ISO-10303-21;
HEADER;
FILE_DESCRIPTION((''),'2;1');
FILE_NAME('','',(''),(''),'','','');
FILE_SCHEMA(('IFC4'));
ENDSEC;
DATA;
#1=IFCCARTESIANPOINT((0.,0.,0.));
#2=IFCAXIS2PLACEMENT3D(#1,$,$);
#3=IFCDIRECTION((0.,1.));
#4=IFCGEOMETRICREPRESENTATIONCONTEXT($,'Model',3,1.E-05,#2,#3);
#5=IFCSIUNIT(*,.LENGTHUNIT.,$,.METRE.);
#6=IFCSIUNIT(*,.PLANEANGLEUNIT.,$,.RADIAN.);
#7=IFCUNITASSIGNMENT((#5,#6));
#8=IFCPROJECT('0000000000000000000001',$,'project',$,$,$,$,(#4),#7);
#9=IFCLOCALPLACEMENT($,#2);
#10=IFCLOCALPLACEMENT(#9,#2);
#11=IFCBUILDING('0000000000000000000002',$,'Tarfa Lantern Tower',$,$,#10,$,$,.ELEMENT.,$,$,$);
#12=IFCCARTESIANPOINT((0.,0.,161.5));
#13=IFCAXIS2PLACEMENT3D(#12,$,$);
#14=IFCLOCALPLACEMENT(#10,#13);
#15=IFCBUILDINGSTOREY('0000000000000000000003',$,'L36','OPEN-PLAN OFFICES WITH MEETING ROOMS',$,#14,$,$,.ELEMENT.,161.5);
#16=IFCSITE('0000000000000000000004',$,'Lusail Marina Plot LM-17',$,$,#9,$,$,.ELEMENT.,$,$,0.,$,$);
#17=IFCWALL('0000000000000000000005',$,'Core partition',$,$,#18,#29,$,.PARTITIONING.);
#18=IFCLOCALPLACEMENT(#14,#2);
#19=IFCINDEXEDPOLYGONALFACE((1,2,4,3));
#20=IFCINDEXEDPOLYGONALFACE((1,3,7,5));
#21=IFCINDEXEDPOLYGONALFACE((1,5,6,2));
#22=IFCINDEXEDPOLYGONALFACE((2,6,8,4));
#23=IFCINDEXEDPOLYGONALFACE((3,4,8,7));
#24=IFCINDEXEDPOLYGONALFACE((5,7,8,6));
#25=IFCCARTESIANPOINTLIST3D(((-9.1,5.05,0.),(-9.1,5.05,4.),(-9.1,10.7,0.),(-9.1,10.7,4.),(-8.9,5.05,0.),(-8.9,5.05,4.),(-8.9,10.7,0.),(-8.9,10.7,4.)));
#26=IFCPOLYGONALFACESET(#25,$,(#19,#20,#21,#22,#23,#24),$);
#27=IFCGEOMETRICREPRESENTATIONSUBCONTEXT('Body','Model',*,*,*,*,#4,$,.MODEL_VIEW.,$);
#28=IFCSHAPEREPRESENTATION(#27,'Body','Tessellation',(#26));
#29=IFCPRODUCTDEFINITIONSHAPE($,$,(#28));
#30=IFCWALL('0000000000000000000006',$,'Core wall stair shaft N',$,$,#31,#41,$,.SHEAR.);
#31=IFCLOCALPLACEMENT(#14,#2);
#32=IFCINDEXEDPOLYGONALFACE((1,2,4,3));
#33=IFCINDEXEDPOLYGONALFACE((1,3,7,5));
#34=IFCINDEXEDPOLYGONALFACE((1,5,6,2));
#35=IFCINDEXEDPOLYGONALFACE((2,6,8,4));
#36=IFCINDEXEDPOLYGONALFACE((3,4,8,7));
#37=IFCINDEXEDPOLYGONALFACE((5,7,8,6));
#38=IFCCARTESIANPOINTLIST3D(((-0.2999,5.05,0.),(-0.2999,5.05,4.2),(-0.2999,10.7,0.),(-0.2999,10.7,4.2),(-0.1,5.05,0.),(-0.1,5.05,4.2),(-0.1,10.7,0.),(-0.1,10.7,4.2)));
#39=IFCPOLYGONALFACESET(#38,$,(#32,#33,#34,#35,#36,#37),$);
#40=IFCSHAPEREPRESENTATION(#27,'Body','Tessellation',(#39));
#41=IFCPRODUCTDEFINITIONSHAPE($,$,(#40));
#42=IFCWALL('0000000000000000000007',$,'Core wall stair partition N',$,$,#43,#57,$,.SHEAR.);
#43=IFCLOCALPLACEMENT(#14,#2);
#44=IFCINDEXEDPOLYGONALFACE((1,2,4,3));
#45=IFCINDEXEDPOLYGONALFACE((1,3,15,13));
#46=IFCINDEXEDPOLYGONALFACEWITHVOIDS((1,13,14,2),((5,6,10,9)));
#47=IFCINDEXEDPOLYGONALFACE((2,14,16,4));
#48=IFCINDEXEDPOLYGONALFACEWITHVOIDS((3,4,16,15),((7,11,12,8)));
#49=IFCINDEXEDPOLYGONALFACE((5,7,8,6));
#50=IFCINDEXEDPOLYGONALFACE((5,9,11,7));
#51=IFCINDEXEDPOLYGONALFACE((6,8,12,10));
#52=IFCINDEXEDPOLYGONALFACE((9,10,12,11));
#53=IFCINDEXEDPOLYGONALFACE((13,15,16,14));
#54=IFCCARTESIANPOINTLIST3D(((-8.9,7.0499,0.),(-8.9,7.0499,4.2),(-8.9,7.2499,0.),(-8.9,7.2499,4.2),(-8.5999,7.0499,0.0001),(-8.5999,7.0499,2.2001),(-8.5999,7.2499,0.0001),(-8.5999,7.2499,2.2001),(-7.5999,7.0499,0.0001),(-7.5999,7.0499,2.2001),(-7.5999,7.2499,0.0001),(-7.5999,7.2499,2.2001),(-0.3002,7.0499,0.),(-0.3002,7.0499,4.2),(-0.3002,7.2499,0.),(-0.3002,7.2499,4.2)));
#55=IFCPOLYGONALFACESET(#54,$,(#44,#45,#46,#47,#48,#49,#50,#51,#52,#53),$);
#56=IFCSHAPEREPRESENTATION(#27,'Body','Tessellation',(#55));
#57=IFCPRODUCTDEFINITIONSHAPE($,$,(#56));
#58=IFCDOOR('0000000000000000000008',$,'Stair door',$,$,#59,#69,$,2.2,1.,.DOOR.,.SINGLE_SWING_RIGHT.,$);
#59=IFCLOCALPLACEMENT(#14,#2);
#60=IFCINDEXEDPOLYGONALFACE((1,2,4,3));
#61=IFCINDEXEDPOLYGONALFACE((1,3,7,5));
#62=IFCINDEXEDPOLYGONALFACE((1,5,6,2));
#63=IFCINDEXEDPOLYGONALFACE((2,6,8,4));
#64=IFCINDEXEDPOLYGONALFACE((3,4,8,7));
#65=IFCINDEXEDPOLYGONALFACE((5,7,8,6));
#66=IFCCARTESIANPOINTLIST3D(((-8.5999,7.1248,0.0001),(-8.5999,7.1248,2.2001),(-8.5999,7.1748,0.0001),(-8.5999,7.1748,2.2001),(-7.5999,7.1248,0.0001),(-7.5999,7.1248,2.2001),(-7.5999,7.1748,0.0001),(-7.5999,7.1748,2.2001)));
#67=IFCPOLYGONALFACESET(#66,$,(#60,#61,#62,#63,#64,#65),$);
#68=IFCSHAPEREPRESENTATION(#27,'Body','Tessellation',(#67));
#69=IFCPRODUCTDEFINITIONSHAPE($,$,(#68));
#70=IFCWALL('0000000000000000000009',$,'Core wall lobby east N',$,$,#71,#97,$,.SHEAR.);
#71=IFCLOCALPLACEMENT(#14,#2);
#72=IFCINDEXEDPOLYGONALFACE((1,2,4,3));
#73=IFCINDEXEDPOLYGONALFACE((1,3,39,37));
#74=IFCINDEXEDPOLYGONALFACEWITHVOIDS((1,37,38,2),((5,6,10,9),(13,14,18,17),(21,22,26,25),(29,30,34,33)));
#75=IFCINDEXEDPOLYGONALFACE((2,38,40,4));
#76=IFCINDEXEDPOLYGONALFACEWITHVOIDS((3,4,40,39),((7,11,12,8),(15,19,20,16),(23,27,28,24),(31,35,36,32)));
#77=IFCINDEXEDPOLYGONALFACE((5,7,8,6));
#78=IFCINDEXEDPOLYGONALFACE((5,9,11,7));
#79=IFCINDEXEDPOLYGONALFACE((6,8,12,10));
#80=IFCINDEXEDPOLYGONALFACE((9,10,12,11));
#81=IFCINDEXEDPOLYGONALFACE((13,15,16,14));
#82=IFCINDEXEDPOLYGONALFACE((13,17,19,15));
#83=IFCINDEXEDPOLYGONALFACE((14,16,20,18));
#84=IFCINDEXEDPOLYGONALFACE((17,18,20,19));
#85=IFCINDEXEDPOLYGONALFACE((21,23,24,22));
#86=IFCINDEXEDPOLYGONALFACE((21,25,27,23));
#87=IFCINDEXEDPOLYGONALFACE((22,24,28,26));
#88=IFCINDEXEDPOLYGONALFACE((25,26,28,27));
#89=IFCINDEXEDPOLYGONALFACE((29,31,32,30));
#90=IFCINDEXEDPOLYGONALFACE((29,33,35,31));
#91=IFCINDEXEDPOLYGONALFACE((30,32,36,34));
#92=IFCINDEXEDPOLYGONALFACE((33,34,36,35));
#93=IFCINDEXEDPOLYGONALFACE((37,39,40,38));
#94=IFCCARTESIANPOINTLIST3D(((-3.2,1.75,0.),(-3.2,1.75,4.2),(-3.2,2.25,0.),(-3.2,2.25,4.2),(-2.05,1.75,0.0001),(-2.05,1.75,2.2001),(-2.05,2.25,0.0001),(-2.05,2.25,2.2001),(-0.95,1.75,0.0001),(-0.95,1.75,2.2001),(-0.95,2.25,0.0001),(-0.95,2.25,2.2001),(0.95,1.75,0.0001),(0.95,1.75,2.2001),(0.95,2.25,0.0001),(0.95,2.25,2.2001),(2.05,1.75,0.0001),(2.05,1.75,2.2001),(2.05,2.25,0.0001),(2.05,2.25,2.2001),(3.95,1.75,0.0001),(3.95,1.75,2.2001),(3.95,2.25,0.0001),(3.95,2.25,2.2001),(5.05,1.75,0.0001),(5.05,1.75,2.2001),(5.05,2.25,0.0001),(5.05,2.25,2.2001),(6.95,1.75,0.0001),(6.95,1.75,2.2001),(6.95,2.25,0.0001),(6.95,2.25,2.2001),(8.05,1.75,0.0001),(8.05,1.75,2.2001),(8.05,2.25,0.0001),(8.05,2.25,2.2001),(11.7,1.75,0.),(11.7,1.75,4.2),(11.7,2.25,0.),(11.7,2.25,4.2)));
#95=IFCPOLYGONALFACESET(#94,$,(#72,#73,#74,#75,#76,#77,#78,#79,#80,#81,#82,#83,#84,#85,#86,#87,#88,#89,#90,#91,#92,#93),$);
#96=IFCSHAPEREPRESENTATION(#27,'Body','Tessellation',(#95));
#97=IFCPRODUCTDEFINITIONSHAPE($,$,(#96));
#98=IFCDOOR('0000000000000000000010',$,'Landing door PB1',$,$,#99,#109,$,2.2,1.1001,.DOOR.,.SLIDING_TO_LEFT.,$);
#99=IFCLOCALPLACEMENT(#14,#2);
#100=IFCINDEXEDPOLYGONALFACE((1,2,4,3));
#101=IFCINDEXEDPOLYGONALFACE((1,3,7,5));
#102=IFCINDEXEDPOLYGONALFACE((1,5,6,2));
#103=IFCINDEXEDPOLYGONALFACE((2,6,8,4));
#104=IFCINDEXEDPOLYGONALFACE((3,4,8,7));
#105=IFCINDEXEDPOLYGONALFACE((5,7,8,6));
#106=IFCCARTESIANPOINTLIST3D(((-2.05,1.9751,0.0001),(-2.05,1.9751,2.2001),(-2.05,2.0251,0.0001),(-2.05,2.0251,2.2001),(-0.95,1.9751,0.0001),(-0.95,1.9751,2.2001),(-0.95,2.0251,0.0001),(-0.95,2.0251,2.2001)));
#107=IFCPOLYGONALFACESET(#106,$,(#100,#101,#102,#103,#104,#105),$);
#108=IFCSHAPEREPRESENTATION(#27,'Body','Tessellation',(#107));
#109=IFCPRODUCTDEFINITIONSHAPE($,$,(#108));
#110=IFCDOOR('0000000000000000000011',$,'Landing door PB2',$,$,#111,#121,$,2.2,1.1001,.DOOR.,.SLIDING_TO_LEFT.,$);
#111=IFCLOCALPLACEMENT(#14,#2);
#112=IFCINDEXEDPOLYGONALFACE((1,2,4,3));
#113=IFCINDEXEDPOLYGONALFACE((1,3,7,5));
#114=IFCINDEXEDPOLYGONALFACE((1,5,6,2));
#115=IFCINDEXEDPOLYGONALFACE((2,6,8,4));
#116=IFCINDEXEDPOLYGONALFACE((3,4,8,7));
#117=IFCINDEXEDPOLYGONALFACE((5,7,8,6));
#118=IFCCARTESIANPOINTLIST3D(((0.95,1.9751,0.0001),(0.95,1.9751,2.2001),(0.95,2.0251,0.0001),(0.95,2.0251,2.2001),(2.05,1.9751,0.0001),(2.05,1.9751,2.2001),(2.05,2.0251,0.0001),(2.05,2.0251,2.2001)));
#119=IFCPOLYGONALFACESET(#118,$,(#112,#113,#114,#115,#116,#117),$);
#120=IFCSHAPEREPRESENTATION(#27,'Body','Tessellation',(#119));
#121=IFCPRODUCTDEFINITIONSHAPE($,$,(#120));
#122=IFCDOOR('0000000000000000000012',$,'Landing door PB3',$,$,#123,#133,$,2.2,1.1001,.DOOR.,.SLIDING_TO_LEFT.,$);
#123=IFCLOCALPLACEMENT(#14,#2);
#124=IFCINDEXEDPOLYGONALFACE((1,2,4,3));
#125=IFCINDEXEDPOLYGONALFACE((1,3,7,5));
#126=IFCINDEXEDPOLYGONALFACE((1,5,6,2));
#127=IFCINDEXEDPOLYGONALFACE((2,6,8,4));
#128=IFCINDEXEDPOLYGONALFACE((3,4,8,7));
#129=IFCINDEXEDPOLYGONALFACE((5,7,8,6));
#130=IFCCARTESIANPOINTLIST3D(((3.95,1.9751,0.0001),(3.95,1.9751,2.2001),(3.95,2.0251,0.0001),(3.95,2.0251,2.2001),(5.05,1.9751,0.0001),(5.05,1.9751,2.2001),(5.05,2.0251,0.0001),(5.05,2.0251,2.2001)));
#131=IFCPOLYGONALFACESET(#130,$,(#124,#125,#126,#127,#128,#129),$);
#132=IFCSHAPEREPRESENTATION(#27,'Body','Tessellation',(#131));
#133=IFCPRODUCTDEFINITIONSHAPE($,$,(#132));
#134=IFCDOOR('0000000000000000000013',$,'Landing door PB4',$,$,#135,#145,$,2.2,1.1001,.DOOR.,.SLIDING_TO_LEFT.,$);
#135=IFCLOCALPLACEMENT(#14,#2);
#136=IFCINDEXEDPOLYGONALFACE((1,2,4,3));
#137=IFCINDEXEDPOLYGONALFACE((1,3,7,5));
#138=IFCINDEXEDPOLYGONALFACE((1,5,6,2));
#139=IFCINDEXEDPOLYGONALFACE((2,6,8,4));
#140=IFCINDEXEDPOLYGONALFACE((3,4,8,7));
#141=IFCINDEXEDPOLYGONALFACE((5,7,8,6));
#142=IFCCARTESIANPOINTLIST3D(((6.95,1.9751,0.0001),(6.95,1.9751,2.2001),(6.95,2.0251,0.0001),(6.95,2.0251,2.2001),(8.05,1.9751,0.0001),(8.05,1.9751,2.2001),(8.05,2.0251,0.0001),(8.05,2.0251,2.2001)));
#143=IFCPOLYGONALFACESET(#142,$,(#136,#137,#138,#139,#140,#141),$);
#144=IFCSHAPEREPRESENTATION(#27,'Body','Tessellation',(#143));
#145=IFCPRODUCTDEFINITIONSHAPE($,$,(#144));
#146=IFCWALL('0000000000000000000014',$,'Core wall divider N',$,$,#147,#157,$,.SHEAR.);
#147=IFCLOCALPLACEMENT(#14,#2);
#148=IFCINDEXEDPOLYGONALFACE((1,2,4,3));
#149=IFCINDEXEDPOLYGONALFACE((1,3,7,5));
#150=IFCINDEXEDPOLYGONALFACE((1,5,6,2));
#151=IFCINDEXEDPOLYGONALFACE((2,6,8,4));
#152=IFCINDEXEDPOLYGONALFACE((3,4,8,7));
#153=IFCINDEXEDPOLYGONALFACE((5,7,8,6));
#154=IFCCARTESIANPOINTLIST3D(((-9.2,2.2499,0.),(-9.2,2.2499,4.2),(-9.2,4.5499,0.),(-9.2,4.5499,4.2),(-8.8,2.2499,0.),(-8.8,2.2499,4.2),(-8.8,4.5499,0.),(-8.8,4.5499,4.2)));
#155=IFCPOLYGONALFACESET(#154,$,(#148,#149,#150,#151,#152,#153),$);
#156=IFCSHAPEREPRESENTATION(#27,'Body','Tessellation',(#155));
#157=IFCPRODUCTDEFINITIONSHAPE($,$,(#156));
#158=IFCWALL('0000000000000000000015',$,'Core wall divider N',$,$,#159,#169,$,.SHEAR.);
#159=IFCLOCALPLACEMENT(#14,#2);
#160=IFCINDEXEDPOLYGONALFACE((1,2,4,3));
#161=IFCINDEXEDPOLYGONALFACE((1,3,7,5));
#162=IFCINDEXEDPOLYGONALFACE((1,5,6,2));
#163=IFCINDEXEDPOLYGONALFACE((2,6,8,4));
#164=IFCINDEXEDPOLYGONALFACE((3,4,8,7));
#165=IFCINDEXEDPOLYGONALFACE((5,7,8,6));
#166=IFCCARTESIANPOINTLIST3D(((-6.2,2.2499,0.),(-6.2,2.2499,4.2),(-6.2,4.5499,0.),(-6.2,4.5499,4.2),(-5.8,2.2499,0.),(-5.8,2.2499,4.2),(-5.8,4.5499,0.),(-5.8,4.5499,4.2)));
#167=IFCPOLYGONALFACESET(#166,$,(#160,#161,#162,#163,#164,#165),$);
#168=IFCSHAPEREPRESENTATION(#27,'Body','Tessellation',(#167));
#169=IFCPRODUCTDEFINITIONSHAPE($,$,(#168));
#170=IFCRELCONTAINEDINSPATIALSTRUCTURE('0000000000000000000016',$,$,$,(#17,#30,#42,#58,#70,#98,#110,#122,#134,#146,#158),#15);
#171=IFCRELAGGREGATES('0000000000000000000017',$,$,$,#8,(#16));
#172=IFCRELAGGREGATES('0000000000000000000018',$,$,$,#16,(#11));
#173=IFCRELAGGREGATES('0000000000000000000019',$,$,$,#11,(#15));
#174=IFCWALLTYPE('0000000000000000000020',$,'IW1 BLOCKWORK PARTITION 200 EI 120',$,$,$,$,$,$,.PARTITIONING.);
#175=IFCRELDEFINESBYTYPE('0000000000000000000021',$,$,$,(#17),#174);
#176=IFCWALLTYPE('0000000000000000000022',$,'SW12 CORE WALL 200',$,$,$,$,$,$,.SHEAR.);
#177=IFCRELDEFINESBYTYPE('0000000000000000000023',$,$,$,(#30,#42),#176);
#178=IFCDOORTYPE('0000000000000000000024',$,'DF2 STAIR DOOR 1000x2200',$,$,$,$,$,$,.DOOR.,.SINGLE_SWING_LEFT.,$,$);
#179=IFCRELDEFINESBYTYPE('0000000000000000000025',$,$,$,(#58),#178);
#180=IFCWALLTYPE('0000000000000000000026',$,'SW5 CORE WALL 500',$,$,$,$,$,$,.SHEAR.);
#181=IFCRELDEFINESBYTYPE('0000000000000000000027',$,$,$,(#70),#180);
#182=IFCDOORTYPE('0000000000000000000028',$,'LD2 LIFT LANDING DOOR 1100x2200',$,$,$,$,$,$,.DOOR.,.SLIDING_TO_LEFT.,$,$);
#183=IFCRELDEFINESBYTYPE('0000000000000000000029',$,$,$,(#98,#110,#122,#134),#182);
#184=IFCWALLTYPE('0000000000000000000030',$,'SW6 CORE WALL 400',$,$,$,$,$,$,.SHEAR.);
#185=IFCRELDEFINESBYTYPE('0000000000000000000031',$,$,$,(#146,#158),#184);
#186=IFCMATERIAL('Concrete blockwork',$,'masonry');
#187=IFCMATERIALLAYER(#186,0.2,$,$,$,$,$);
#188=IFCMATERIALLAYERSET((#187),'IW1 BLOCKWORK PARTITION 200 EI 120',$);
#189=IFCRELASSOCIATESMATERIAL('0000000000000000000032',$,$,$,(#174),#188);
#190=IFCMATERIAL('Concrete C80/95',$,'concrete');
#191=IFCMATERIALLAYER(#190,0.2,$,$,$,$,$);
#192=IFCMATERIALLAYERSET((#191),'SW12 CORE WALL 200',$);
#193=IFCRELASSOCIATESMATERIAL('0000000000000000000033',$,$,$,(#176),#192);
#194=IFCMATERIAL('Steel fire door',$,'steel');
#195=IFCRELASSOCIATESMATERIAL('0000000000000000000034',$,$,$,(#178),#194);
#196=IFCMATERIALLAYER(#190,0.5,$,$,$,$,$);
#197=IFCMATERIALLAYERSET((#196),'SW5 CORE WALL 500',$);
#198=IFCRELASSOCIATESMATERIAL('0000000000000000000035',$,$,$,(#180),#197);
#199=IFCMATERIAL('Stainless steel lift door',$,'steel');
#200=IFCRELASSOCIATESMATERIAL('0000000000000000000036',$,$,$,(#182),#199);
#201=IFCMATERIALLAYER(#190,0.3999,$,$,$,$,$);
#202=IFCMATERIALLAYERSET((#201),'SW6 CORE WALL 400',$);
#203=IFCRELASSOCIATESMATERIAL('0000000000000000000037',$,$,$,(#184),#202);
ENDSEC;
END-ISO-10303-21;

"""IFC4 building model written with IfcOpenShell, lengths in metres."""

from ifc_helpers import new_model, si_unit, direction, frame, frame_2d, origin, place, context, subcontext, project, spatial, rectangle, extrude, material, layer, layer_set, type_object, element, fill, save


model = new_model("IFC4")

# Units and contexts
model_context = context("Model", 3, precision=1e-05, world=origin(), true_north=direction((0.0, 1.0)))
body_context = subcontext(model_context, "Body", "Model", "MODEL_VIEW")
ifc_project = project(units=[si_unit("LENGTHUNIT", "METRE"), si_unit("PLANEANGLEUNIT", "RADIAN")], contexts=[model_context])

# Site, building, storey
site_placement = place(None, origin())
site = spatial("IfcSite", under=ifc_project, at=site_placement, Name="Lusail Marina Plot LM-17", CompositionType="ELEMENT", RefElevation=0.0)
building_placement = place(site_placement, origin())
building = spatial("IfcBuilding", under=site, at=building_placement, Name="Tarfa Lantern Tower", CompositionType="ELEMENT")
storey_placement = place(building_placement, frame((0.0, 0.0, 161.5)))
storey = spatial("IfcBuildingStorey", under=building, at=storey_placement, Name="L36", Description="OPEN-PLAN OFFICES WITH MEETING ROOMS", CompositionType="ELEMENT", Elevation=161.5)

# Walls
ifc_material_1 = material(Name="Concrete blockwork", Category="masonry")
ifc_layer_1 = layer(ifc_material_1, 0.2)
ifc_layer_set_1 = layer_set([ifc_layer_1], Name="IW1 BLOCKWORK PARTITION 200 EI 120")
wall_type_1 = type_object("IfcWallType", Name="IW1 BLOCKWORK PARTITION 200 EI 120", PredefinedType="PARTITIONING", material=ifc_layer_set_1)
wall_1_placement = place(storey_placement, frame((-9.0, 5.05, 0.0), z_axis=(0.0, 0.0, 1.0), x_axis=(0.0, 1.0, 0.0)))
element("IfcWall", 1, at=wall_1_placement, inside=storey, type_object=wall_type_1, Name="Core partition", PredefinedType="PARTITIONING", context=body_context, shape_type="SweptSolid", body=[
    extrude(rectangle(XDim=5.6499, YDim=0.2, at=frame_2d((2.825, 0.0))), origin(), (0.0, 0.0, 1.0), 4.0),
])
ifc_material_2 = material(Name="Concrete C80/95", Category="concrete")
ifc_layer_2 = layer(ifc_material_2, 0.2)
ifc_layer_set_2 = layer_set([ifc_layer_2], Name="SW12 CORE WALL 200")
wall_type_2 = type_object("IfcWallType", Name="SW12 CORE WALL 200", PredefinedType="SHEAR", material=ifc_layer_set_2)
wall_2_placement = place(storey_placement, frame((-0.2, 5.05, 0.0), z_axis=(0.0, 0.0, 1.0), x_axis=(0.0, 1.0, 0.0)))
element("IfcWall", 2, at=wall_2_placement, inside=storey, type_object=wall_type_2, Name="Core wall stair shaft N", PredefinedType="SHEAR", context=body_context, shape_type="SweptSolid", body=[
    extrude(rectangle(XDim=5.6499, YDim=0.2, at=frame_2d((2.825, 0.0))), origin(), (0.0, 0.0, 1.0), 4.2),
])

# Wall, opening, door
wall_3_placement = place(storey_placement, frame((-8.8999, 7.1499, 0.0), z_axis=(0.0, 0.0, 1.0), x_axis=(1.0, 0.0, 0.0)))
wall_3 = element("IfcWall", 3, at=wall_3_placement, inside=storey, type_object=wall_type_2, Name="Core wall stair partition N", PredefinedType="SHEAR", context=body_context, shape_type="SweptSolid", body=[
    extrude(rectangle(XDim=8.5999, YDim=0.2, at=frame_2d((4.2998, 0.0))), origin(), (0.0, 0.0, 1.0), 4.2),
])
opening_1_placement = place(wall_3_placement, frame((0.3, 0.0, 0.0)))
opening_1 = element("IfcOpeningElement", 4, at=opening_1_placement, cuts=wall_3, PredefinedType="OPENING", context=body_context, shape_type="SweptSolid", body=[
    extrude(rectangle(XDim=1.0, YDim=2.2, at=frame_2d((0.5, 1.1001))), frame((0.0, 0.1099, 0.0), z_axis=(0.0, -1.0, 0.0), x_axis=(1.0, 0.0, 0.0)), (0.0, 0.0, 1.0), 0.22),
])
ifc_material_3 = material(Name="Steel fire door", Category="steel")
door_type_1 = type_object("IfcDoorType", Name="DF2 STAIR DOOR 1000x2200", OperationType="SINGLE_SWING_LEFT", PredefinedType="DOOR", material=ifc_material_3)
door_1_placement = place(opening_1_placement, origin())
door_1 = element("IfcDoor", 5, at=door_1_placement, inside=storey, type_object=door_type_1, Name="Stair door", OperationType="SINGLE_SWING_RIGHT", OverallHeight=2.2, OverallWidth=1.0, PredefinedType="DOOR", context=body_context, shape_type="SweptSolid", body=[
    extrude(rectangle(XDim=1.0, YDim=2.2, at=frame_2d((0.5, 1.1001))), frame((0.0, 0.0249, 0.0), z_axis=(0.0, -1.0, 0.0), x_axis=(1.0, 0.0, 0.0)), (0.0, 0.0, 1.0), 0.05),
])
fill(opening_1, door_1)

# Wall, openings, doors
ifc_layer_3 = layer(ifc_material_2, 0.5)
ifc_layer_set_3 = layer_set([ifc_layer_3], Name="SW5 CORE WALL 500")
wall_type_3 = type_object("IfcWallType", Name="SW5 CORE WALL 500", PredefinedType="SHEAR", material=ifc_layer_set_3)
wall_4_placement = place(storey_placement, frame((-3.2, 2.0, 0.0), z_axis=(0.0, 0.0, 1.0), x_axis=(1.0, 0.0, 0.0)))
wall_4 = element("IfcWall", 6, at=wall_4_placement, inside=storey, type_object=wall_type_3, Name="Core wall lobby east N", PredefinedType="SHEAR", context=body_context, shape_type="SweptSolid", body=[
    extrude(rectangle(XDim=14.8999, YDim=0.5, at=frame_2d((7.45, 0.0))), origin(), (0.0, 0.0, 1.0), 4.2),
])
opening_2_placement = place(wall_4_placement, frame((1.1499, 0.0, 0.0)))
opening_2 = element("IfcOpeningElement", 7, at=opening_2_placement, cuts=wall_4, PredefinedType="OPENING", context=body_context, shape_type="SweptSolid", body=[
    extrude(rectangle(XDim=1.1001, YDim=2.2, at=frame_2d((0.55, 1.1001))), frame((0.0, 0.26, 0.0), z_axis=(0.0, -1.0, 0.0), x_axis=(1.0, 0.0, 0.0)), (0.0, 0.0, 1.0), 0.52),
])
opening_3_placement = place(wall_4_placement, frame((4.1499, 0.0, 0.0)))
opening_3 = element("IfcOpeningElement", 8, at=opening_3_placement, cuts=wall_4, PredefinedType="OPENING", context=body_context, shape_type="SweptSolid", body=[
    extrude(rectangle(XDim=1.1001, YDim=2.2, at=frame_2d((0.55, 1.1001))), frame((0.0, 0.26, 0.0), z_axis=(0.0, -1.0, 0.0), x_axis=(1.0, 0.0, 0.0)), (0.0, 0.0, 1.0), 0.52),
])
opening_4_placement = place(wall_4_placement, frame((7.1499, 0.0, 0.0)))
opening_4 = element("IfcOpeningElement", 9, at=opening_4_placement, cuts=wall_4, PredefinedType="OPENING", context=body_context, shape_type="SweptSolid", body=[
    extrude(rectangle(XDim=1.1001, YDim=2.2, at=frame_2d((0.55, 1.1001))), frame((0.0, 0.26, 0.0), z_axis=(0.0, -1.0, 0.0), x_axis=(1.0, 0.0, 0.0)), (0.0, 0.0, 1.0), 0.52),
])
opening_5_placement = place(wall_4_placement, frame((10.1499, 0.0, 0.0)))
opening_5 = element("IfcOpeningElement", 10, at=opening_5_placement, cuts=wall_4, PredefinedType="OPENING", context=body_context, shape_type="SweptSolid", body=[
    extrude(rectangle(XDim=1.1001, YDim=2.2, at=frame_2d((0.55, 1.1001))), frame((0.0, 0.26, 0.0), z_axis=(0.0, -1.0, 0.0), x_axis=(1.0, 0.0, 0.0)), (0.0, 0.0, 1.0), 0.52),
])
ifc_material_4 = material(Name="Stainless steel lift door", Category="steel")
door_type_2 = type_object("IfcDoorType", Name="LD2 LIFT LANDING DOOR 1100x2200", OperationType="SLIDING_TO_LEFT", PredefinedType="DOOR", material=ifc_material_4)
door_2_placement = place(opening_2_placement, frame((1.1001, 0.0, 0.0), z_axis=(0.0, 0.0, 1.0), x_axis=(-1.0, 0.0, 0.0)))
door_2 = element("IfcDoor", 11, at=door_2_placement, inside=storey, type_object=door_type_2, Name="Landing door PB1", OperationType="SLIDING_TO_LEFT", OverallHeight=2.2, OverallWidth=1.1001, PredefinedType="DOOR", context=body_context, shape_type="SweptSolid", body=[
    extrude(rectangle(XDim=1.1001, YDim=2.2, at=frame_2d((0.55, 1.1001))), frame((0.0, 0.0249, 0.0), z_axis=(0.0, -1.0, 0.0), x_axis=(1.0, 0.0, 0.0)), (0.0, 0.0, 1.0), 0.05),
])
fill(opening_2, door_2)
door_3_placement = place(opening_3_placement, frame((1.1001, 0.0, 0.0), z_axis=(0.0, 0.0, 1.0), x_axis=(-1.0, 0.0, 0.0)))
door_3 = element("IfcDoor", 12, at=door_3_placement, inside=storey, type_object=door_type_2, Name="Landing door PB2", OperationType="SLIDING_TO_LEFT", OverallHeight=2.2, OverallWidth=1.1001, PredefinedType="DOOR", context=body_context, shape_type="SweptSolid", body=[
    extrude(rectangle(XDim=1.1001, YDim=2.2, at=frame_2d((0.55, 1.1001))), frame((0.0, 0.0249, 0.0), z_axis=(0.0, -1.0, 0.0), x_axis=(1.0, 0.0, 0.0)), (0.0, 0.0, 1.0), 0.05),
])
fill(opening_3, door_3)
door_4_placement = place(opening_4_placement, frame((1.1001, 0.0, 0.0), z_axis=(0.0, 0.0, 1.0), x_axis=(-1.0, 0.0, 0.0)))
door_4 = element("IfcDoor", 13, at=door_4_placement, inside=storey, type_object=door_type_2, Name="Landing door PB3", OperationType="SLIDING_TO_LEFT", OverallHeight=2.2, OverallWidth=1.1001, PredefinedType="DOOR", context=body_context, shape_type="SweptSolid", body=[
    extrude(rectangle(XDim=1.1001, YDim=2.2, at=frame_2d((0.55, 1.1001))), frame((0.0, 0.0249, 0.0), z_axis=(0.0, -1.0, 0.0), x_axis=(1.0, 0.0, 0.0)), (0.0, 0.0, 1.0), 0.05),
])
fill(opening_4, door_4)
door_5_placement = place(opening_5_placement, frame((1.1001, 0.0, 0.0), z_axis=(0.0, 0.0, 1.0), x_axis=(-1.0, 0.0, 0.0)))
door_5 = element("IfcDoor", 14, at=door_5_placement, inside=storey, type_object=door_type_2, Name="Landing door PB4", OperationType="SLIDING_TO_LEFT", OverallHeight=2.2, OverallWidth=1.1001, PredefinedType="DOOR", context=body_context, shape_type="SweptSolid", body=[
    extrude(rectangle(XDim=1.1001, YDim=2.2, at=frame_2d((0.55, 1.1001))), frame((0.0, 0.0249, 0.0), z_axis=(0.0, -1.0, 0.0), x_axis=(1.0, 0.0, 0.0)), (0.0, 0.0, 1.0), 0.05),
])
fill(opening_5, door_5)

# Walls
ifc_layer_4 = layer(ifc_material_2, 0.3999)
ifc_layer_set_4 = layer_set([ifc_layer_4], Name="SW6 CORE WALL 400")
wall_type_4 = type_object("IfcWallType", Name="SW6 CORE WALL 400", PredefinedType="SHEAR", material=ifc_layer_set_4)
for number, where, z_axis, x_axis, name in (
    (15, (-9.0, 2.25, 0.0), (0.0, 0.0, 1.0), (0.0, 1.0, 0.0), "Core wall divider N"),
    (16, (-6.0, 2.25, 0.0), (0.0, 0.0, 1.0), (0.0, 1.0, 0.0), "Core wall divider N"),
):
    element("IfcWall", number, at=place(storey_placement, frame(where, z_axis=z_axis, x_axis=x_axis)), inside=storey, type_object=wall_type_4, Name=name, PredefinedType="SHEAR", context=body_context, shape_type="SweptSolid", body=[
        extrude(rectangle(XDim=2.3, YDim=0.3999, at=frame_2d((1.1499, 0.0))), origin(), (0.0, 0.0, 1.0), 4.2),
    ])

save(model, "model.ifc")
